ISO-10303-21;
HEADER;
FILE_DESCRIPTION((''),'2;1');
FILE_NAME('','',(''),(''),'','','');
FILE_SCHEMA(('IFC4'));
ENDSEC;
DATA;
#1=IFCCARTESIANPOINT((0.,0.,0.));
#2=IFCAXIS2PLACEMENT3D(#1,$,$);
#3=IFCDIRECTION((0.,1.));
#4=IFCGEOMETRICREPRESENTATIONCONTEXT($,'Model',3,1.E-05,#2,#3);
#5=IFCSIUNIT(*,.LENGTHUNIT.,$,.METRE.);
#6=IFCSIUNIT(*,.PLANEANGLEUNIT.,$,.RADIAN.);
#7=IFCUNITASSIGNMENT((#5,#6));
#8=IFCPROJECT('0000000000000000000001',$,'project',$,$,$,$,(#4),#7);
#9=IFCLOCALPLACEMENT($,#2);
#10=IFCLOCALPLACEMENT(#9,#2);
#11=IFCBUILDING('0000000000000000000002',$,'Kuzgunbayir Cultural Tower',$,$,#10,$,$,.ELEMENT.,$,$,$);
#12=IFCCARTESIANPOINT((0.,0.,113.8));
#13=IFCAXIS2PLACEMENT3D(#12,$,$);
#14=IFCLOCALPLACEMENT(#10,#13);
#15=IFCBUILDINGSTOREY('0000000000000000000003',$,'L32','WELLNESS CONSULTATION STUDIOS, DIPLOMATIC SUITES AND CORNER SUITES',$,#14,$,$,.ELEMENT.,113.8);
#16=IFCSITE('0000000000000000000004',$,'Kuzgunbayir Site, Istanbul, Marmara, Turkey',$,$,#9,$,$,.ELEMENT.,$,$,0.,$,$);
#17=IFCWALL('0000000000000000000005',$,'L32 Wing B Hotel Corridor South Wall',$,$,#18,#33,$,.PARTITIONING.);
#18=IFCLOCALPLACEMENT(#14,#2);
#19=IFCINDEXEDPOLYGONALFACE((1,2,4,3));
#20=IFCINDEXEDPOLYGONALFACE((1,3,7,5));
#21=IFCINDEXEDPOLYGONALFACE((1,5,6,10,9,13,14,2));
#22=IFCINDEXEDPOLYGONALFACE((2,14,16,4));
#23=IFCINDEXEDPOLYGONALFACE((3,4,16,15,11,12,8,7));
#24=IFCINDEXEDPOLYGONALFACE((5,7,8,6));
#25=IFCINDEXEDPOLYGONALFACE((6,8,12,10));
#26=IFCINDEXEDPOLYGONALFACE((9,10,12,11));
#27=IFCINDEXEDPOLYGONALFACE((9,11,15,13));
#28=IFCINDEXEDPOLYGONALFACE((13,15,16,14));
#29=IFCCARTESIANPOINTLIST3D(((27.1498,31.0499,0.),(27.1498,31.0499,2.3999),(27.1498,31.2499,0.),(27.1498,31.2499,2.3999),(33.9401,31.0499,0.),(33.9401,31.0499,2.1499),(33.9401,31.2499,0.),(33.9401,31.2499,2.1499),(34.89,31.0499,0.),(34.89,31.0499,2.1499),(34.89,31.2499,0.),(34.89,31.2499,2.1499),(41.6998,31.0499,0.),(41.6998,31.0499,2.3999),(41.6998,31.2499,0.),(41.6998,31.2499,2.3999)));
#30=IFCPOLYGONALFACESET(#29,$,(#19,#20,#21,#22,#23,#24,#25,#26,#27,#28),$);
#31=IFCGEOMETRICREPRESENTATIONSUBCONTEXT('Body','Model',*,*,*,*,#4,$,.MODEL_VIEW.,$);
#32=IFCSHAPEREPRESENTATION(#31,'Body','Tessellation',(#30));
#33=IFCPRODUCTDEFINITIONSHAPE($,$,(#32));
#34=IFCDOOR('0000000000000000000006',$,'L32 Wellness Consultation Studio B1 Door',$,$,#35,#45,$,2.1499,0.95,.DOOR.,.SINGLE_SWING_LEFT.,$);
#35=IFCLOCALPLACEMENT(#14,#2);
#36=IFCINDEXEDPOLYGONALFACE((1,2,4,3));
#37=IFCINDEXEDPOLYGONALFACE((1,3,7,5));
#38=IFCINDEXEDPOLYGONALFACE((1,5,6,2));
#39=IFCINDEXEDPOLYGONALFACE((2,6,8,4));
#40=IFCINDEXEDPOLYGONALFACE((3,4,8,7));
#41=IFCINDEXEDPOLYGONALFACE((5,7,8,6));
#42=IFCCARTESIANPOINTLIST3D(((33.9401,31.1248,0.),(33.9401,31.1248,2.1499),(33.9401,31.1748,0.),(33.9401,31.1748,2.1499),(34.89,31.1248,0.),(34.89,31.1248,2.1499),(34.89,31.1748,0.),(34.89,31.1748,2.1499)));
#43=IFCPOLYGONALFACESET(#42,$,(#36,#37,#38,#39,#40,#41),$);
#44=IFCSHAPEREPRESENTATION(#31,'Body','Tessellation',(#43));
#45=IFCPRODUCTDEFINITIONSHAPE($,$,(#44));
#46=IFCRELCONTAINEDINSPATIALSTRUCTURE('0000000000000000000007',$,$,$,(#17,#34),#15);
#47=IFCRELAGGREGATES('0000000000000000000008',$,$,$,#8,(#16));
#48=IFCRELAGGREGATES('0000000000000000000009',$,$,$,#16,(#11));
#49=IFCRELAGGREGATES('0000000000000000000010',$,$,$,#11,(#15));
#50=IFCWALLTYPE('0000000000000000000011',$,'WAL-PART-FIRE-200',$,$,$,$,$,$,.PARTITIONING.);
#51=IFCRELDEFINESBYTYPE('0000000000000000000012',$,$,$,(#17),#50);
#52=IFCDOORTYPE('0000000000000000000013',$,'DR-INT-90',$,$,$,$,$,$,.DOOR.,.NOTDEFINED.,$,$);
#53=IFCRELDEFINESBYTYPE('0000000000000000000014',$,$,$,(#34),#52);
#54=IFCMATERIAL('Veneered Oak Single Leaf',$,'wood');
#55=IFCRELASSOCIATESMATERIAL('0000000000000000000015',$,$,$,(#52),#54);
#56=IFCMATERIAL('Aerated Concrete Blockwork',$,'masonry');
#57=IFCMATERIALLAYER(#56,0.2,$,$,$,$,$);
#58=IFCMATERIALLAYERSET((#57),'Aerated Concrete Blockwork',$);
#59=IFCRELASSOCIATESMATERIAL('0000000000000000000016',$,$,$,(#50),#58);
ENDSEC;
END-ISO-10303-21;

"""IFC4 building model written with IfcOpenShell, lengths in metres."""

from ifc_helpers import new_model, si_unit, direction, frame, frame_2d, origin, place, context, subcontext, project, spatial, rectangle, extrude, material, layer, layer_set, type_object, element, fill, save


model = new_model("IFC4")

# Units and contexts
model_context = context("Model", 3, precision=1e-05, world=origin(), true_north=direction((0.0, 1.0)))
body_context = subcontext(model_context, "Body", "Model", "MODEL_VIEW")
ifc_project = project(units=[si_unit("LENGTHUNIT", "METRE"), si_unit("PLANEANGLEUNIT", "RADIAN")], contexts=[model_context])

# Site, building, storey
site_placement = place(None, origin())
site = spatial("IfcSite", under=ifc_project, at=site_placement, Name="Kuzgunbayir Site, Istanbul, Marmara, Turkey", CompositionType="ELEMENT", RefElevation=0.0)
building_placement = place(site_placement, origin())
building = spatial("IfcBuilding", under=site, at=building_placement, Name="Kuzgunbayir Cultural Tower", CompositionType="ELEMENT")
storey_placement = place(building_placement, frame((0.0, 0.0, 113.8)))
storey = spatial("IfcBuildingStorey", under=building, at=storey_placement, Name="L32", Description="WELLNESS CONSULTATION STUDIOS, DIPLOMATIC SUITES AND CORNER SUITES", CompositionType="ELEMENT", Elevation=113.8)

# Shared definitions
ifc_material_1 = material(Name="Veneered Oak Single Leaf", Category="wood")
door_type_1 = type_object("IfcDoorType", Name="DR-INT-90", OperationType="NOTDEFINED", PredefinedType="DOOR", material=ifc_material_1)

# Wall, opening, door
ifc_material_2 = material(Name="Aerated Concrete Blockwork", Category="masonry")
ifc_layer_1 = layer(ifc_material_2, 0.2)
ifc_layer_set_1 = layer_set([ifc_layer_1], Name="Aerated Concrete Blockwork")
wall_type_1 = type_object("IfcWallType", Name="WAL-PART-FIRE-200", PredefinedType="PARTITIONING", material=ifc_layer_set_1)
wall_1_placement = place(storey_placement, frame((27.1499, 31.1499, 0.0), z_axis=(0.0, 0.0, 1.0), x_axis=(1.0, 0.0, 0.0)))
wall_1 = element("IfcWall", 1, at=wall_1_placement, inside=storey, type_object=wall_type_1, Name="L32 Wing B Hotel Corridor South Wall", PredefinedType="PARTITIONING", context=body_context, shape_type="SweptSolid", body=[
    extrude(rectangle(XDim=14.55, YDim=0.2, at=frame_2d((7.2749, 0.0))), origin(), (0.0, 0.0, 1.0), 2.3999),
])
opening_1_placement = place(wall_1_placement, frame((6.79, 0.0, 0.0)))
opening_1 = element("IfcOpeningElement", 2, at=opening_1_placement, cuts=wall_1, PredefinedType="OPENING", context=body_context, shape_type="SweptSolid", body=[
    extrude(rectangle(XDim=0.95, YDim=2.1499, at=frame_2d((0.4751, 1.075))), frame((0.0, 0.1099, 0.0), z_axis=(0.0, -1.0, 0.0), x_axis=(1.0, 0.0, 0.0)), (0.0, 0.0, 1.0), 0.22),
])
door_1_placement = place(opening_1_placement, origin())
door_1 = element("IfcDoor", 3, at=door_1_placement, inside=storey, type_object=door_type_1, Name="L32 Wellness Consultation Studio B1 Door", OperationType="SINGLE_SWING_LEFT", OverallHeight=2.1499, OverallWidth=0.95, PredefinedType="DOOR", context=body_context, shape_type="SweptSolid", body=[
    extrude(rectangle(XDim=0.95, YDim=2.1499, at=frame_2d((0.4751, 1.075))), frame((0.0, 0.0249, 0.0), z_axis=(0.0, -1.0, 0.0), x_axis=(1.0, 0.0, 0.0)), (0.0, 0.0, 1.0), 0.05),
])
fill(opening_1, door_1)

save(model, "model.ifc")
